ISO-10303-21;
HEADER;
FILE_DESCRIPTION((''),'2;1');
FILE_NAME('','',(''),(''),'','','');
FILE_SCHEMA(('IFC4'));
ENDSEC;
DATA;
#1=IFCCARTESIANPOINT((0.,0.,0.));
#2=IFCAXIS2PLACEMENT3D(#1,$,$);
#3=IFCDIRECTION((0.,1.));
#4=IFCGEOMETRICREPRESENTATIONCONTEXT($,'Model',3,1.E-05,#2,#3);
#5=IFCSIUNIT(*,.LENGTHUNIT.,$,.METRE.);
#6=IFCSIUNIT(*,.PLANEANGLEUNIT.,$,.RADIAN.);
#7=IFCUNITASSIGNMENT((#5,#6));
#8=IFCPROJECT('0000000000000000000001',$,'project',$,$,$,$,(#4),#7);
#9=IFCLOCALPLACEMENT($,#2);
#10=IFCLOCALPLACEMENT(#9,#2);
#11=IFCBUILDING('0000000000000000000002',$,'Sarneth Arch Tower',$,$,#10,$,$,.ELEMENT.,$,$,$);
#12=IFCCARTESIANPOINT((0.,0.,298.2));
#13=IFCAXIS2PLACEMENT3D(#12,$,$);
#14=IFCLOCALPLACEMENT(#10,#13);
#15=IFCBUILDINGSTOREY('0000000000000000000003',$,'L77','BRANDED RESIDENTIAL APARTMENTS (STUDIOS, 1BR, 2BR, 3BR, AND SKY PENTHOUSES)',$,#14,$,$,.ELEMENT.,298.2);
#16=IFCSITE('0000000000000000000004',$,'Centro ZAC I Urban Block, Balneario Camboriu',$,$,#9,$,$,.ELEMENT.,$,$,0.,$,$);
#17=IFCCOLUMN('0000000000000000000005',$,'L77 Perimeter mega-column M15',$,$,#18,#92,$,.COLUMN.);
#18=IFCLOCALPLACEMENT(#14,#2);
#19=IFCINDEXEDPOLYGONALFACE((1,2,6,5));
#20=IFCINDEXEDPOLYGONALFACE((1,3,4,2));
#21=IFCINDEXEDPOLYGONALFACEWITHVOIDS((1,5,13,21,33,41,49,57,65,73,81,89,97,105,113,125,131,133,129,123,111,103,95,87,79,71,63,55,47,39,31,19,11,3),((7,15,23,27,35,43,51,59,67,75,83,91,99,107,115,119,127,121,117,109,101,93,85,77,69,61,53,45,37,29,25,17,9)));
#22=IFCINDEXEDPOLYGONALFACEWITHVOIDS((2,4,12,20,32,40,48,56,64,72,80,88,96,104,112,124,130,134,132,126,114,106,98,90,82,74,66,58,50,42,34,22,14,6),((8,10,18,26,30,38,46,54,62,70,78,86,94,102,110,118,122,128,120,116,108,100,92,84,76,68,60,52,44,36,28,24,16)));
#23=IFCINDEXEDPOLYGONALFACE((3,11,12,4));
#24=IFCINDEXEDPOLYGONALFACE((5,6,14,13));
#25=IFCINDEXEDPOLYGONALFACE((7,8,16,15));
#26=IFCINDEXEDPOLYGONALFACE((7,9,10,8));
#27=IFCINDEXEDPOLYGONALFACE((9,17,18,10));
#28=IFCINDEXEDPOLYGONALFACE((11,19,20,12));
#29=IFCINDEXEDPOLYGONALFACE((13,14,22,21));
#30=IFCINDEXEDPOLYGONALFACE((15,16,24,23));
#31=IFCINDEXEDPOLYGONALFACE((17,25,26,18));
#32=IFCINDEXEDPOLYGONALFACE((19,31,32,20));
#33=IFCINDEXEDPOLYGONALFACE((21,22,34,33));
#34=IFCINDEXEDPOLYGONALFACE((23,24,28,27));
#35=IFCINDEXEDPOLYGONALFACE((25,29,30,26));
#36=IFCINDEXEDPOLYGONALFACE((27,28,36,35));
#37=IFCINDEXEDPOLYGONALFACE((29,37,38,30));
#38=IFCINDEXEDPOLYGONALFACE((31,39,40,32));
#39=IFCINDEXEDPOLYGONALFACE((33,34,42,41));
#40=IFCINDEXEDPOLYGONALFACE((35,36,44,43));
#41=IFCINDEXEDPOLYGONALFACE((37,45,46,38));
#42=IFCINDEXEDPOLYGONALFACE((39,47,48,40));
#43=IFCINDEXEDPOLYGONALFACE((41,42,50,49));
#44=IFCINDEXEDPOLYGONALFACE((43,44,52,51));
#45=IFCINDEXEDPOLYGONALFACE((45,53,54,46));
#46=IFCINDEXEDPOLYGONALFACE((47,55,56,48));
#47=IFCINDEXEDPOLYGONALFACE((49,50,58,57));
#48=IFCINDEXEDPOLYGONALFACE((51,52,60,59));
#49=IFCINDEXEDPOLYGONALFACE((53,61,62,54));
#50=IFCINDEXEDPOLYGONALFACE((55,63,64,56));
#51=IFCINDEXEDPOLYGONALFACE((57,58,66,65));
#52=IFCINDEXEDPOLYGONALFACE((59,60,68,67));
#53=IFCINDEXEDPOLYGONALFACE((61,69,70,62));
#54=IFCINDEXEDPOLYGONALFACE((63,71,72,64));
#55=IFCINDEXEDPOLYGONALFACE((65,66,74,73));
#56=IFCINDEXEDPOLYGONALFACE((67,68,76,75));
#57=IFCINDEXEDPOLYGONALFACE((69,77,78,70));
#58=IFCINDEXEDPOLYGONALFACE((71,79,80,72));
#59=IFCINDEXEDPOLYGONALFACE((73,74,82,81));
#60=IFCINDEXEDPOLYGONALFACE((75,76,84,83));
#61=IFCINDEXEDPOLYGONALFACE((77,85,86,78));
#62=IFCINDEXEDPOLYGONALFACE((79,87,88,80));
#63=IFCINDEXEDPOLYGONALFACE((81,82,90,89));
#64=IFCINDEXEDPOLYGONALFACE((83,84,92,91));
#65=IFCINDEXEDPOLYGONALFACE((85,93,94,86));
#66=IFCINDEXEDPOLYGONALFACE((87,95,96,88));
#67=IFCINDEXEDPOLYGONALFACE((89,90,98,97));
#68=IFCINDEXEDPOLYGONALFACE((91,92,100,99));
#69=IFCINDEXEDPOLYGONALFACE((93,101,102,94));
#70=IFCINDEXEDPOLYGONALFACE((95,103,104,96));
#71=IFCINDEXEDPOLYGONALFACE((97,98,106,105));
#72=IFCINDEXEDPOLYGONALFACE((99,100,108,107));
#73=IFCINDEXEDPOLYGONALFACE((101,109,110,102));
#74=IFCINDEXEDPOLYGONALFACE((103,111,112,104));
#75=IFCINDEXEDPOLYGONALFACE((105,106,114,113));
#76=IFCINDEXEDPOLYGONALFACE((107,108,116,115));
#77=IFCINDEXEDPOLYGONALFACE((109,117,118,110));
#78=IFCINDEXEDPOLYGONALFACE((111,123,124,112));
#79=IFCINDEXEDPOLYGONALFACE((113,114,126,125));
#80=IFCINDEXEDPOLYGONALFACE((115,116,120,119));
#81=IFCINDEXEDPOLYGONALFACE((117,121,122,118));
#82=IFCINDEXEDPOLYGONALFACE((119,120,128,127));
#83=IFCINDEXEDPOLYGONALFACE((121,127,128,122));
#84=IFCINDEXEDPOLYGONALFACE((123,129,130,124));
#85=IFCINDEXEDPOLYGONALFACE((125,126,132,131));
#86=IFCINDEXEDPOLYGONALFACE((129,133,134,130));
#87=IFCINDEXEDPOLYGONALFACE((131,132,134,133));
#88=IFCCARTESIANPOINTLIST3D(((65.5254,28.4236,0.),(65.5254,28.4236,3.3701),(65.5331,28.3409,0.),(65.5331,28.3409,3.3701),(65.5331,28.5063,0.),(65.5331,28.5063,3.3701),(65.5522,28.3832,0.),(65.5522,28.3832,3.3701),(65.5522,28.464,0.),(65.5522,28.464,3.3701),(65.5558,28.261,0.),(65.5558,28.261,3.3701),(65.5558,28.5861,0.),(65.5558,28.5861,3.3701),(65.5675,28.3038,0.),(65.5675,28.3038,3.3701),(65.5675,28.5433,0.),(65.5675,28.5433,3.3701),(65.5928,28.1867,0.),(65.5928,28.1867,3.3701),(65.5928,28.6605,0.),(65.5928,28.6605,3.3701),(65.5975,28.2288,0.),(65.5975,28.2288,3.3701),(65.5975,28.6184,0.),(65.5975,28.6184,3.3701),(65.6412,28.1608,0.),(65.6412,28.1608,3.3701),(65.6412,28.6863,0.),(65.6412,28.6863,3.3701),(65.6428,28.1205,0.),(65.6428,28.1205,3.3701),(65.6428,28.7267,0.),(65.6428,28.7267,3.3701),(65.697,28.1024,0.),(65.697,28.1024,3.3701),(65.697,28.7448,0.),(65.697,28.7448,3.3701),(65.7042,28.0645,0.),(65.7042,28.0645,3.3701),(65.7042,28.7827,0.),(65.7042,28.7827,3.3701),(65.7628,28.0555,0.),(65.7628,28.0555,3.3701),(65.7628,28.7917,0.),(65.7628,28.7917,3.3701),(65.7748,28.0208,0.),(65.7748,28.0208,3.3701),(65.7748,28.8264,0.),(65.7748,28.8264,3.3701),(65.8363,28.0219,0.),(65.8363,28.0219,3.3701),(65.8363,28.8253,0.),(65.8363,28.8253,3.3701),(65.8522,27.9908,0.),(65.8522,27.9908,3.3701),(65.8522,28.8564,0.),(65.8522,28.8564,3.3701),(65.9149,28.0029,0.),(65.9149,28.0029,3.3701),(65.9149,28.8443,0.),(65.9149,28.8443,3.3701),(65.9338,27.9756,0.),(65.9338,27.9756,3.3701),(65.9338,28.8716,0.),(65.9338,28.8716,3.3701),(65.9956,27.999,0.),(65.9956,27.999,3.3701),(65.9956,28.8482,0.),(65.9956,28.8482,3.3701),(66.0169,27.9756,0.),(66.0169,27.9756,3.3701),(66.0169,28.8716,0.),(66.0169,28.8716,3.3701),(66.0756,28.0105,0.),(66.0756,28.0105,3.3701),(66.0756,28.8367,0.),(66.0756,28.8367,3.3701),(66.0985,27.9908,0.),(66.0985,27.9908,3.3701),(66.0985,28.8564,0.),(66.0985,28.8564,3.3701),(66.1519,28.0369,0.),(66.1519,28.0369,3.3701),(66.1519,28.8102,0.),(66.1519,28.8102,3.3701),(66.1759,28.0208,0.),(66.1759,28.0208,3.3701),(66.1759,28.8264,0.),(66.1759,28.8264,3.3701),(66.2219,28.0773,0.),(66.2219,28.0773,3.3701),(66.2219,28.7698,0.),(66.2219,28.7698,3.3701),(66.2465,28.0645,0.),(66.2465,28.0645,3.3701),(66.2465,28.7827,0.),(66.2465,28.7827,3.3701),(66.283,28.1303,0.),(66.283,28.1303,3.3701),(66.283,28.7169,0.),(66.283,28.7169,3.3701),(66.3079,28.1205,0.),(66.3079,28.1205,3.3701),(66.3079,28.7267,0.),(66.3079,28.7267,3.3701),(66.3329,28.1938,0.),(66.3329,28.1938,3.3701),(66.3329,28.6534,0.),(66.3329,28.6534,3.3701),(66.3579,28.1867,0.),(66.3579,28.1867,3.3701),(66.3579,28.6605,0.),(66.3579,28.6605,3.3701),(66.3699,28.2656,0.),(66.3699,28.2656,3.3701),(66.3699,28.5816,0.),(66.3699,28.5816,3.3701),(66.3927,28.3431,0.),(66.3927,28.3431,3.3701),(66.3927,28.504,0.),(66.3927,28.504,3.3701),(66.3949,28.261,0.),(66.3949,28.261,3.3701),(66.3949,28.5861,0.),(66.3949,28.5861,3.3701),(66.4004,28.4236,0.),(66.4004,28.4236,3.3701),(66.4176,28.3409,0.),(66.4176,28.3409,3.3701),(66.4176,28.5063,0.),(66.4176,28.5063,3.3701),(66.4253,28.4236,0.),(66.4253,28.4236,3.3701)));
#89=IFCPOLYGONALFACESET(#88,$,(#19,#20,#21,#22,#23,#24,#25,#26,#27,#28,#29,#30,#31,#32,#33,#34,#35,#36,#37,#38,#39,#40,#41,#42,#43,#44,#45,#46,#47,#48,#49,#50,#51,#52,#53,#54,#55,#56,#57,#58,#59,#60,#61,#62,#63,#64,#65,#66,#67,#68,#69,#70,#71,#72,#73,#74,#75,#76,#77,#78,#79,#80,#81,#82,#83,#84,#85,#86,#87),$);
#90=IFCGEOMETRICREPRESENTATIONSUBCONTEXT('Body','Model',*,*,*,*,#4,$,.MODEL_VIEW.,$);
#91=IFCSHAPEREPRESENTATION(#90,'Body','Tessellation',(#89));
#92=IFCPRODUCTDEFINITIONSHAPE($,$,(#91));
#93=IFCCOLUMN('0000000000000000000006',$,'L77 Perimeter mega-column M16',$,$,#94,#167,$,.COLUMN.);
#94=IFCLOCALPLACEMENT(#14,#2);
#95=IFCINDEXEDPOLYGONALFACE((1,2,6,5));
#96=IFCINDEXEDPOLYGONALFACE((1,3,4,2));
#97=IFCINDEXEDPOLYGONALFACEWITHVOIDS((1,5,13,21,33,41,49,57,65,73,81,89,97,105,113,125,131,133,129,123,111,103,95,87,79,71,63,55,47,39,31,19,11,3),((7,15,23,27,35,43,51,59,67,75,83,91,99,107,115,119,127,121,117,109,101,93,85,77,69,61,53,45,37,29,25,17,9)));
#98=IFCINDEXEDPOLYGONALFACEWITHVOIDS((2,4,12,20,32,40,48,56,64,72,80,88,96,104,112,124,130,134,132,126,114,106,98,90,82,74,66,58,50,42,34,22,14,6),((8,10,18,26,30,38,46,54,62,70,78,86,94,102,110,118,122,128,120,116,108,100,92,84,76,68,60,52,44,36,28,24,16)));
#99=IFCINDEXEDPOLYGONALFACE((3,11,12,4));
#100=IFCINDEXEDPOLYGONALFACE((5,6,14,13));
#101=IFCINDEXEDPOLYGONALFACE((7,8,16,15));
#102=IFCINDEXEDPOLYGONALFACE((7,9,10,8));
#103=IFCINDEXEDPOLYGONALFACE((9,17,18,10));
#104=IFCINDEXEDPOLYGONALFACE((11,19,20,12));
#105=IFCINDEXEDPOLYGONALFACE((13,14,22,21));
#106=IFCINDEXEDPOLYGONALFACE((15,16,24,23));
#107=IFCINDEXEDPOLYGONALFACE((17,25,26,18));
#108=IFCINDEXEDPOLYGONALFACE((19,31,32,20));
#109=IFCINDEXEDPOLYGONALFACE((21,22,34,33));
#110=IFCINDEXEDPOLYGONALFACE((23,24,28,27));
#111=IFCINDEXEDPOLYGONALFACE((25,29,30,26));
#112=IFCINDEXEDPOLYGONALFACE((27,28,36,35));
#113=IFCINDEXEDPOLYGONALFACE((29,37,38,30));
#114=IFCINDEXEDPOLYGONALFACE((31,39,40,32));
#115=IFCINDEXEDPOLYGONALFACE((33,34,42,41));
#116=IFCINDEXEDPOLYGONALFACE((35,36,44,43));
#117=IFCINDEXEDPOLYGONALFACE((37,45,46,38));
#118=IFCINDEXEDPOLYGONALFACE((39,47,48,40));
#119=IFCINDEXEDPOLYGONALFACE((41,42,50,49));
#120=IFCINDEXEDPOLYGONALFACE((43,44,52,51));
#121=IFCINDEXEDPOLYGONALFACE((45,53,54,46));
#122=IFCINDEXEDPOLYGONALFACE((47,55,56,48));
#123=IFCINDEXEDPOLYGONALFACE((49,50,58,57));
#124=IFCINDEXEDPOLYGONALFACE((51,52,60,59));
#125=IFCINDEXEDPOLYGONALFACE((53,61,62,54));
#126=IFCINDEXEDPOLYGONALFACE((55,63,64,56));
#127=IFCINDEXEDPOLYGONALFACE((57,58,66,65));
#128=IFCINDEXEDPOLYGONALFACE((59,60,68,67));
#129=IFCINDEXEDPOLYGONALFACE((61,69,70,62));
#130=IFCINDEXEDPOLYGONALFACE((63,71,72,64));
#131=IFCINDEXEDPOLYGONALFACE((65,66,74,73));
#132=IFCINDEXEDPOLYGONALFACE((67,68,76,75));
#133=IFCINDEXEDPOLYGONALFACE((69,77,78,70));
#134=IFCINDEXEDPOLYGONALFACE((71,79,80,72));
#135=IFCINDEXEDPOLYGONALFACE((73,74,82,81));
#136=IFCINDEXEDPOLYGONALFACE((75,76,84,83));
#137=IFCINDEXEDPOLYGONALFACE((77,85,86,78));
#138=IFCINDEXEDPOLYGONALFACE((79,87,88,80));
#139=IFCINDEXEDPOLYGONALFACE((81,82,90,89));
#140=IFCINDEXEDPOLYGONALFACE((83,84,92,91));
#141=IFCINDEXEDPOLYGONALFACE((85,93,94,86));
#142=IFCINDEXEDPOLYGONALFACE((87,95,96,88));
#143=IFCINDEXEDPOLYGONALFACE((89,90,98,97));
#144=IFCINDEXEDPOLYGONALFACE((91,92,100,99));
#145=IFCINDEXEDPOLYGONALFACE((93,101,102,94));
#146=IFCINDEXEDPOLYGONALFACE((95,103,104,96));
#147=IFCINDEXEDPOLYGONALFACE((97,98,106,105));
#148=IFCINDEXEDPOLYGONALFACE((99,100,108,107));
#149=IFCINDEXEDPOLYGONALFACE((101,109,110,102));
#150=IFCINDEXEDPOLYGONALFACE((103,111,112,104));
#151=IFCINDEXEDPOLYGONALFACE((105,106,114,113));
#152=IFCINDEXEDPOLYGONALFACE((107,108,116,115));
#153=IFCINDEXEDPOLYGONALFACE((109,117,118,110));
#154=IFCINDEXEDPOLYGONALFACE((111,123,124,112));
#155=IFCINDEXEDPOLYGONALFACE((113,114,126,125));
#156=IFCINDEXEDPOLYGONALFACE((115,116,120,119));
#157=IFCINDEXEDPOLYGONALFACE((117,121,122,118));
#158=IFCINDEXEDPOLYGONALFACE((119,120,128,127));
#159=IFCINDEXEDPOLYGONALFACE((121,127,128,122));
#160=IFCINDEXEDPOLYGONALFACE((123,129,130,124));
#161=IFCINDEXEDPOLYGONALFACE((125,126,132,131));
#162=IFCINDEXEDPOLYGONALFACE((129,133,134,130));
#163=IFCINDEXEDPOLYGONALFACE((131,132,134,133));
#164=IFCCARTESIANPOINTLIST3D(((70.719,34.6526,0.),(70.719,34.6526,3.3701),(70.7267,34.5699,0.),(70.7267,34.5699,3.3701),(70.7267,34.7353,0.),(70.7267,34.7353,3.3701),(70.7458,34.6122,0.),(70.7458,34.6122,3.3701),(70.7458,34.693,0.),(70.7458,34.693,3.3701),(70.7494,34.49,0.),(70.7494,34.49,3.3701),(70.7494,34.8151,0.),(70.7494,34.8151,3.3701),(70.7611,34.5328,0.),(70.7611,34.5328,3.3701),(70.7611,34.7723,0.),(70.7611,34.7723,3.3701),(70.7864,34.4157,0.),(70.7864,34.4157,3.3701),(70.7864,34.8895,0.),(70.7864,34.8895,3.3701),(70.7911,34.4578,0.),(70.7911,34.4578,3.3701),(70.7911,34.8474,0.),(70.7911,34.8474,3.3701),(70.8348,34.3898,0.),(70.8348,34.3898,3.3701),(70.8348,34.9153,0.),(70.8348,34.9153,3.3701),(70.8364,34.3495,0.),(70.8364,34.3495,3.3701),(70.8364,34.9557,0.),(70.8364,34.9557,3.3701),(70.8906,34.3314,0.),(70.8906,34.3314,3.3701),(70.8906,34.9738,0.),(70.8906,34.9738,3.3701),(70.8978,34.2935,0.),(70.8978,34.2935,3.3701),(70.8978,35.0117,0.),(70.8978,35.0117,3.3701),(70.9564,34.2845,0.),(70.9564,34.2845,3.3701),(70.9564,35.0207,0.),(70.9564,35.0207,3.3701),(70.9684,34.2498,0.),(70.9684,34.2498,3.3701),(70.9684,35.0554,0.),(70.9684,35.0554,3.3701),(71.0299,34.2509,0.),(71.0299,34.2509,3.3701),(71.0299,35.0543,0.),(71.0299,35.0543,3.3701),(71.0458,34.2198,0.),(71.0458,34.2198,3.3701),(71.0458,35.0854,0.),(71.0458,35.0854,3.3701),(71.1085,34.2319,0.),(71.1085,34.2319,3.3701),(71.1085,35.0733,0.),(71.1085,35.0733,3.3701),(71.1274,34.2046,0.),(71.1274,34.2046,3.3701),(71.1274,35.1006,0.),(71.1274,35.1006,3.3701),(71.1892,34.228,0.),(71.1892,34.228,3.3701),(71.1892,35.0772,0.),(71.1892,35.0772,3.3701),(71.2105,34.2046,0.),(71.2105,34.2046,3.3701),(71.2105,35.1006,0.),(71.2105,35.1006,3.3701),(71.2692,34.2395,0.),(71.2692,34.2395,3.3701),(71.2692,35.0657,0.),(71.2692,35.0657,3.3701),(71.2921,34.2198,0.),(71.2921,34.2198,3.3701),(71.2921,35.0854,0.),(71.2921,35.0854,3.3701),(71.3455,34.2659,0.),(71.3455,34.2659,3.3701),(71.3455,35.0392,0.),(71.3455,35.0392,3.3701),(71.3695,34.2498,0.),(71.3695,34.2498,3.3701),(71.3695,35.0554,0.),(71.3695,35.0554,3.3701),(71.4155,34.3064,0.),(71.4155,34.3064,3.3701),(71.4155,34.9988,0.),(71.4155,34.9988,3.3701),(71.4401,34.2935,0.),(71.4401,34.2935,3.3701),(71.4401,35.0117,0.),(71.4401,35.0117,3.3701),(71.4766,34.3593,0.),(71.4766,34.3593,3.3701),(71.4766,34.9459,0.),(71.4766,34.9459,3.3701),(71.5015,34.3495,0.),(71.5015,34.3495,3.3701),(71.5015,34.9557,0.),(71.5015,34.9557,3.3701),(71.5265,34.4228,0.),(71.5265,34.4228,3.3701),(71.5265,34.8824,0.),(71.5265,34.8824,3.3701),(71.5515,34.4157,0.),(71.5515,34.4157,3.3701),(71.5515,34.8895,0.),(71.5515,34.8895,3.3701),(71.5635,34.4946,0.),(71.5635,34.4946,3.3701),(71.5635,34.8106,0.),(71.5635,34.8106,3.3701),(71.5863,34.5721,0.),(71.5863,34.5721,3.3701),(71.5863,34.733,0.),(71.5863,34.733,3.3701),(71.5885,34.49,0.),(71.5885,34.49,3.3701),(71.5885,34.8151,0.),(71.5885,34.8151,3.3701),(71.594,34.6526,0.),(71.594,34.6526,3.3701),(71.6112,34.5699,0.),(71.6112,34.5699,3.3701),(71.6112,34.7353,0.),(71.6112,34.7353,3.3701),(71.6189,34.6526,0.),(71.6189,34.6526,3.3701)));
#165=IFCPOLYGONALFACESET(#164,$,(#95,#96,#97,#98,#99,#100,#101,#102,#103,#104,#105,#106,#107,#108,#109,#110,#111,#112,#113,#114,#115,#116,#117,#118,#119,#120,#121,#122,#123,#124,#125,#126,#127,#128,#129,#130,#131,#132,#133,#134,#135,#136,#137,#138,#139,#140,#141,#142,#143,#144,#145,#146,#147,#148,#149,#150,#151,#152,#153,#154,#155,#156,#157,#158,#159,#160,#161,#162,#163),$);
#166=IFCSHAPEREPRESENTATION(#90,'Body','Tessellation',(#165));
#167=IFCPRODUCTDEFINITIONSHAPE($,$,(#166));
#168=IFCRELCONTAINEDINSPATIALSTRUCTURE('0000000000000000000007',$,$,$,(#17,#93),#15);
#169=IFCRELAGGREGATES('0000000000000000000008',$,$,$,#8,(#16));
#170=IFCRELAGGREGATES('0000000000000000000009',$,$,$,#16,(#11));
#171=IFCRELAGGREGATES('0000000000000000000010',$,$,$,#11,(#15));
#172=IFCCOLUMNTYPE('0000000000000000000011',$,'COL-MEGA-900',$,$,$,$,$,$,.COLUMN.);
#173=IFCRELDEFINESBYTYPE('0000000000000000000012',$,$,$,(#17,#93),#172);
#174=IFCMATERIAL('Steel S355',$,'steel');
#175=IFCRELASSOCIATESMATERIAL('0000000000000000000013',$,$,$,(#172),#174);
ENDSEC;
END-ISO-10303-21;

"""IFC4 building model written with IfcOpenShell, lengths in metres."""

from ifc_helpers import new_model, si_unit, direction, frame, origin, origin_2d, place, context, subcontext, project, spatial, hollow_circle, extrude, material, material_profile, profile_set, type_object, element, save


model = new_model("IFC4")

# Units and contexts
model_context = context("Model", 3, precision=1e-05, world=origin(), true_north=direction((0.0, 1.0)))
body_context = subcontext(model_context, "Body", "Model", "MODEL_VIEW")
ifc_project = project(units=[si_unit("LENGTHUNIT", "METRE"), si_unit("PLANEANGLEUNIT", "RADIAN")], contexts=[model_context])

# Site, building, storey
site_placement = place(None, origin())
site = spatial("IfcSite", under=ifc_project, at=site_placement, Name="Centro ZAC I Urban Block, Balneario Camboriu", CompositionType="ELEMENT", RefElevation=0.0)
building_placement = place(site_placement, origin())
building = spatial("IfcBuilding", under=site, at=building_placement, Name="Sarneth Arch Tower", CompositionType="ELEMENT")
storey_placement = place(building_placement, frame((0.0, 0.0, 298.2)))
storey = spatial("IfcBuildingStorey", under=building, at=storey_placement, Name="L77", Description="BRANDED RESIDENTIAL APARTMENTS (STUDIOS, 1BR, 2BR, 3BR, AND SKY PENTHOUSES)", CompositionType="ELEMENT", Elevation=298.2)

# Columns
ifc_material_1 = material(Name="Steel S355", Category="steel")
ifc_material_profile_1 = material_profile(ifc_material_1, hollow_circle(Radius=0.45, WallThickness=0.0249, at=origin_2d()), Name="CHS900x25")
ifc_profile_set_1 = profile_set([ifc_material_profile_1], Name="Steel S355")
column_type = type_object("IfcColumnType", Name="COL-MEGA-900", PredefinedType="COLUMN", material=ifc_profile_set_1)
for number, where, z_axis, x_axis, name in (
    (1, (65.9753, 28.4236, 0.0), (0.0, 0.0, 1.0), (1.0, 0.0, 0.0), "L77 Perimeter mega-column M15"),
    (2, (71.1689, 34.6526, 0.0), (0.0, 0.0, 1.0), (1.0, 0.0, 0.0), "L77 Perimeter mega-column M16"),
):
    element("IfcColumn", number, at=place(storey_placement, frame(where, z_axis=z_axis, x_axis=x_axis)), inside=storey, type_object=column_type, Name=name, PredefinedType="COLUMN", context=body_context, shape_type="SweptSolid", body=[
        extrude(hollow_circle(Radius=0.45, WallThickness=0.0249, at=origin_2d()), origin(), (0.0, 0.0, 1.0), 3.3701),
    ])

save(model, "model.ifc")
